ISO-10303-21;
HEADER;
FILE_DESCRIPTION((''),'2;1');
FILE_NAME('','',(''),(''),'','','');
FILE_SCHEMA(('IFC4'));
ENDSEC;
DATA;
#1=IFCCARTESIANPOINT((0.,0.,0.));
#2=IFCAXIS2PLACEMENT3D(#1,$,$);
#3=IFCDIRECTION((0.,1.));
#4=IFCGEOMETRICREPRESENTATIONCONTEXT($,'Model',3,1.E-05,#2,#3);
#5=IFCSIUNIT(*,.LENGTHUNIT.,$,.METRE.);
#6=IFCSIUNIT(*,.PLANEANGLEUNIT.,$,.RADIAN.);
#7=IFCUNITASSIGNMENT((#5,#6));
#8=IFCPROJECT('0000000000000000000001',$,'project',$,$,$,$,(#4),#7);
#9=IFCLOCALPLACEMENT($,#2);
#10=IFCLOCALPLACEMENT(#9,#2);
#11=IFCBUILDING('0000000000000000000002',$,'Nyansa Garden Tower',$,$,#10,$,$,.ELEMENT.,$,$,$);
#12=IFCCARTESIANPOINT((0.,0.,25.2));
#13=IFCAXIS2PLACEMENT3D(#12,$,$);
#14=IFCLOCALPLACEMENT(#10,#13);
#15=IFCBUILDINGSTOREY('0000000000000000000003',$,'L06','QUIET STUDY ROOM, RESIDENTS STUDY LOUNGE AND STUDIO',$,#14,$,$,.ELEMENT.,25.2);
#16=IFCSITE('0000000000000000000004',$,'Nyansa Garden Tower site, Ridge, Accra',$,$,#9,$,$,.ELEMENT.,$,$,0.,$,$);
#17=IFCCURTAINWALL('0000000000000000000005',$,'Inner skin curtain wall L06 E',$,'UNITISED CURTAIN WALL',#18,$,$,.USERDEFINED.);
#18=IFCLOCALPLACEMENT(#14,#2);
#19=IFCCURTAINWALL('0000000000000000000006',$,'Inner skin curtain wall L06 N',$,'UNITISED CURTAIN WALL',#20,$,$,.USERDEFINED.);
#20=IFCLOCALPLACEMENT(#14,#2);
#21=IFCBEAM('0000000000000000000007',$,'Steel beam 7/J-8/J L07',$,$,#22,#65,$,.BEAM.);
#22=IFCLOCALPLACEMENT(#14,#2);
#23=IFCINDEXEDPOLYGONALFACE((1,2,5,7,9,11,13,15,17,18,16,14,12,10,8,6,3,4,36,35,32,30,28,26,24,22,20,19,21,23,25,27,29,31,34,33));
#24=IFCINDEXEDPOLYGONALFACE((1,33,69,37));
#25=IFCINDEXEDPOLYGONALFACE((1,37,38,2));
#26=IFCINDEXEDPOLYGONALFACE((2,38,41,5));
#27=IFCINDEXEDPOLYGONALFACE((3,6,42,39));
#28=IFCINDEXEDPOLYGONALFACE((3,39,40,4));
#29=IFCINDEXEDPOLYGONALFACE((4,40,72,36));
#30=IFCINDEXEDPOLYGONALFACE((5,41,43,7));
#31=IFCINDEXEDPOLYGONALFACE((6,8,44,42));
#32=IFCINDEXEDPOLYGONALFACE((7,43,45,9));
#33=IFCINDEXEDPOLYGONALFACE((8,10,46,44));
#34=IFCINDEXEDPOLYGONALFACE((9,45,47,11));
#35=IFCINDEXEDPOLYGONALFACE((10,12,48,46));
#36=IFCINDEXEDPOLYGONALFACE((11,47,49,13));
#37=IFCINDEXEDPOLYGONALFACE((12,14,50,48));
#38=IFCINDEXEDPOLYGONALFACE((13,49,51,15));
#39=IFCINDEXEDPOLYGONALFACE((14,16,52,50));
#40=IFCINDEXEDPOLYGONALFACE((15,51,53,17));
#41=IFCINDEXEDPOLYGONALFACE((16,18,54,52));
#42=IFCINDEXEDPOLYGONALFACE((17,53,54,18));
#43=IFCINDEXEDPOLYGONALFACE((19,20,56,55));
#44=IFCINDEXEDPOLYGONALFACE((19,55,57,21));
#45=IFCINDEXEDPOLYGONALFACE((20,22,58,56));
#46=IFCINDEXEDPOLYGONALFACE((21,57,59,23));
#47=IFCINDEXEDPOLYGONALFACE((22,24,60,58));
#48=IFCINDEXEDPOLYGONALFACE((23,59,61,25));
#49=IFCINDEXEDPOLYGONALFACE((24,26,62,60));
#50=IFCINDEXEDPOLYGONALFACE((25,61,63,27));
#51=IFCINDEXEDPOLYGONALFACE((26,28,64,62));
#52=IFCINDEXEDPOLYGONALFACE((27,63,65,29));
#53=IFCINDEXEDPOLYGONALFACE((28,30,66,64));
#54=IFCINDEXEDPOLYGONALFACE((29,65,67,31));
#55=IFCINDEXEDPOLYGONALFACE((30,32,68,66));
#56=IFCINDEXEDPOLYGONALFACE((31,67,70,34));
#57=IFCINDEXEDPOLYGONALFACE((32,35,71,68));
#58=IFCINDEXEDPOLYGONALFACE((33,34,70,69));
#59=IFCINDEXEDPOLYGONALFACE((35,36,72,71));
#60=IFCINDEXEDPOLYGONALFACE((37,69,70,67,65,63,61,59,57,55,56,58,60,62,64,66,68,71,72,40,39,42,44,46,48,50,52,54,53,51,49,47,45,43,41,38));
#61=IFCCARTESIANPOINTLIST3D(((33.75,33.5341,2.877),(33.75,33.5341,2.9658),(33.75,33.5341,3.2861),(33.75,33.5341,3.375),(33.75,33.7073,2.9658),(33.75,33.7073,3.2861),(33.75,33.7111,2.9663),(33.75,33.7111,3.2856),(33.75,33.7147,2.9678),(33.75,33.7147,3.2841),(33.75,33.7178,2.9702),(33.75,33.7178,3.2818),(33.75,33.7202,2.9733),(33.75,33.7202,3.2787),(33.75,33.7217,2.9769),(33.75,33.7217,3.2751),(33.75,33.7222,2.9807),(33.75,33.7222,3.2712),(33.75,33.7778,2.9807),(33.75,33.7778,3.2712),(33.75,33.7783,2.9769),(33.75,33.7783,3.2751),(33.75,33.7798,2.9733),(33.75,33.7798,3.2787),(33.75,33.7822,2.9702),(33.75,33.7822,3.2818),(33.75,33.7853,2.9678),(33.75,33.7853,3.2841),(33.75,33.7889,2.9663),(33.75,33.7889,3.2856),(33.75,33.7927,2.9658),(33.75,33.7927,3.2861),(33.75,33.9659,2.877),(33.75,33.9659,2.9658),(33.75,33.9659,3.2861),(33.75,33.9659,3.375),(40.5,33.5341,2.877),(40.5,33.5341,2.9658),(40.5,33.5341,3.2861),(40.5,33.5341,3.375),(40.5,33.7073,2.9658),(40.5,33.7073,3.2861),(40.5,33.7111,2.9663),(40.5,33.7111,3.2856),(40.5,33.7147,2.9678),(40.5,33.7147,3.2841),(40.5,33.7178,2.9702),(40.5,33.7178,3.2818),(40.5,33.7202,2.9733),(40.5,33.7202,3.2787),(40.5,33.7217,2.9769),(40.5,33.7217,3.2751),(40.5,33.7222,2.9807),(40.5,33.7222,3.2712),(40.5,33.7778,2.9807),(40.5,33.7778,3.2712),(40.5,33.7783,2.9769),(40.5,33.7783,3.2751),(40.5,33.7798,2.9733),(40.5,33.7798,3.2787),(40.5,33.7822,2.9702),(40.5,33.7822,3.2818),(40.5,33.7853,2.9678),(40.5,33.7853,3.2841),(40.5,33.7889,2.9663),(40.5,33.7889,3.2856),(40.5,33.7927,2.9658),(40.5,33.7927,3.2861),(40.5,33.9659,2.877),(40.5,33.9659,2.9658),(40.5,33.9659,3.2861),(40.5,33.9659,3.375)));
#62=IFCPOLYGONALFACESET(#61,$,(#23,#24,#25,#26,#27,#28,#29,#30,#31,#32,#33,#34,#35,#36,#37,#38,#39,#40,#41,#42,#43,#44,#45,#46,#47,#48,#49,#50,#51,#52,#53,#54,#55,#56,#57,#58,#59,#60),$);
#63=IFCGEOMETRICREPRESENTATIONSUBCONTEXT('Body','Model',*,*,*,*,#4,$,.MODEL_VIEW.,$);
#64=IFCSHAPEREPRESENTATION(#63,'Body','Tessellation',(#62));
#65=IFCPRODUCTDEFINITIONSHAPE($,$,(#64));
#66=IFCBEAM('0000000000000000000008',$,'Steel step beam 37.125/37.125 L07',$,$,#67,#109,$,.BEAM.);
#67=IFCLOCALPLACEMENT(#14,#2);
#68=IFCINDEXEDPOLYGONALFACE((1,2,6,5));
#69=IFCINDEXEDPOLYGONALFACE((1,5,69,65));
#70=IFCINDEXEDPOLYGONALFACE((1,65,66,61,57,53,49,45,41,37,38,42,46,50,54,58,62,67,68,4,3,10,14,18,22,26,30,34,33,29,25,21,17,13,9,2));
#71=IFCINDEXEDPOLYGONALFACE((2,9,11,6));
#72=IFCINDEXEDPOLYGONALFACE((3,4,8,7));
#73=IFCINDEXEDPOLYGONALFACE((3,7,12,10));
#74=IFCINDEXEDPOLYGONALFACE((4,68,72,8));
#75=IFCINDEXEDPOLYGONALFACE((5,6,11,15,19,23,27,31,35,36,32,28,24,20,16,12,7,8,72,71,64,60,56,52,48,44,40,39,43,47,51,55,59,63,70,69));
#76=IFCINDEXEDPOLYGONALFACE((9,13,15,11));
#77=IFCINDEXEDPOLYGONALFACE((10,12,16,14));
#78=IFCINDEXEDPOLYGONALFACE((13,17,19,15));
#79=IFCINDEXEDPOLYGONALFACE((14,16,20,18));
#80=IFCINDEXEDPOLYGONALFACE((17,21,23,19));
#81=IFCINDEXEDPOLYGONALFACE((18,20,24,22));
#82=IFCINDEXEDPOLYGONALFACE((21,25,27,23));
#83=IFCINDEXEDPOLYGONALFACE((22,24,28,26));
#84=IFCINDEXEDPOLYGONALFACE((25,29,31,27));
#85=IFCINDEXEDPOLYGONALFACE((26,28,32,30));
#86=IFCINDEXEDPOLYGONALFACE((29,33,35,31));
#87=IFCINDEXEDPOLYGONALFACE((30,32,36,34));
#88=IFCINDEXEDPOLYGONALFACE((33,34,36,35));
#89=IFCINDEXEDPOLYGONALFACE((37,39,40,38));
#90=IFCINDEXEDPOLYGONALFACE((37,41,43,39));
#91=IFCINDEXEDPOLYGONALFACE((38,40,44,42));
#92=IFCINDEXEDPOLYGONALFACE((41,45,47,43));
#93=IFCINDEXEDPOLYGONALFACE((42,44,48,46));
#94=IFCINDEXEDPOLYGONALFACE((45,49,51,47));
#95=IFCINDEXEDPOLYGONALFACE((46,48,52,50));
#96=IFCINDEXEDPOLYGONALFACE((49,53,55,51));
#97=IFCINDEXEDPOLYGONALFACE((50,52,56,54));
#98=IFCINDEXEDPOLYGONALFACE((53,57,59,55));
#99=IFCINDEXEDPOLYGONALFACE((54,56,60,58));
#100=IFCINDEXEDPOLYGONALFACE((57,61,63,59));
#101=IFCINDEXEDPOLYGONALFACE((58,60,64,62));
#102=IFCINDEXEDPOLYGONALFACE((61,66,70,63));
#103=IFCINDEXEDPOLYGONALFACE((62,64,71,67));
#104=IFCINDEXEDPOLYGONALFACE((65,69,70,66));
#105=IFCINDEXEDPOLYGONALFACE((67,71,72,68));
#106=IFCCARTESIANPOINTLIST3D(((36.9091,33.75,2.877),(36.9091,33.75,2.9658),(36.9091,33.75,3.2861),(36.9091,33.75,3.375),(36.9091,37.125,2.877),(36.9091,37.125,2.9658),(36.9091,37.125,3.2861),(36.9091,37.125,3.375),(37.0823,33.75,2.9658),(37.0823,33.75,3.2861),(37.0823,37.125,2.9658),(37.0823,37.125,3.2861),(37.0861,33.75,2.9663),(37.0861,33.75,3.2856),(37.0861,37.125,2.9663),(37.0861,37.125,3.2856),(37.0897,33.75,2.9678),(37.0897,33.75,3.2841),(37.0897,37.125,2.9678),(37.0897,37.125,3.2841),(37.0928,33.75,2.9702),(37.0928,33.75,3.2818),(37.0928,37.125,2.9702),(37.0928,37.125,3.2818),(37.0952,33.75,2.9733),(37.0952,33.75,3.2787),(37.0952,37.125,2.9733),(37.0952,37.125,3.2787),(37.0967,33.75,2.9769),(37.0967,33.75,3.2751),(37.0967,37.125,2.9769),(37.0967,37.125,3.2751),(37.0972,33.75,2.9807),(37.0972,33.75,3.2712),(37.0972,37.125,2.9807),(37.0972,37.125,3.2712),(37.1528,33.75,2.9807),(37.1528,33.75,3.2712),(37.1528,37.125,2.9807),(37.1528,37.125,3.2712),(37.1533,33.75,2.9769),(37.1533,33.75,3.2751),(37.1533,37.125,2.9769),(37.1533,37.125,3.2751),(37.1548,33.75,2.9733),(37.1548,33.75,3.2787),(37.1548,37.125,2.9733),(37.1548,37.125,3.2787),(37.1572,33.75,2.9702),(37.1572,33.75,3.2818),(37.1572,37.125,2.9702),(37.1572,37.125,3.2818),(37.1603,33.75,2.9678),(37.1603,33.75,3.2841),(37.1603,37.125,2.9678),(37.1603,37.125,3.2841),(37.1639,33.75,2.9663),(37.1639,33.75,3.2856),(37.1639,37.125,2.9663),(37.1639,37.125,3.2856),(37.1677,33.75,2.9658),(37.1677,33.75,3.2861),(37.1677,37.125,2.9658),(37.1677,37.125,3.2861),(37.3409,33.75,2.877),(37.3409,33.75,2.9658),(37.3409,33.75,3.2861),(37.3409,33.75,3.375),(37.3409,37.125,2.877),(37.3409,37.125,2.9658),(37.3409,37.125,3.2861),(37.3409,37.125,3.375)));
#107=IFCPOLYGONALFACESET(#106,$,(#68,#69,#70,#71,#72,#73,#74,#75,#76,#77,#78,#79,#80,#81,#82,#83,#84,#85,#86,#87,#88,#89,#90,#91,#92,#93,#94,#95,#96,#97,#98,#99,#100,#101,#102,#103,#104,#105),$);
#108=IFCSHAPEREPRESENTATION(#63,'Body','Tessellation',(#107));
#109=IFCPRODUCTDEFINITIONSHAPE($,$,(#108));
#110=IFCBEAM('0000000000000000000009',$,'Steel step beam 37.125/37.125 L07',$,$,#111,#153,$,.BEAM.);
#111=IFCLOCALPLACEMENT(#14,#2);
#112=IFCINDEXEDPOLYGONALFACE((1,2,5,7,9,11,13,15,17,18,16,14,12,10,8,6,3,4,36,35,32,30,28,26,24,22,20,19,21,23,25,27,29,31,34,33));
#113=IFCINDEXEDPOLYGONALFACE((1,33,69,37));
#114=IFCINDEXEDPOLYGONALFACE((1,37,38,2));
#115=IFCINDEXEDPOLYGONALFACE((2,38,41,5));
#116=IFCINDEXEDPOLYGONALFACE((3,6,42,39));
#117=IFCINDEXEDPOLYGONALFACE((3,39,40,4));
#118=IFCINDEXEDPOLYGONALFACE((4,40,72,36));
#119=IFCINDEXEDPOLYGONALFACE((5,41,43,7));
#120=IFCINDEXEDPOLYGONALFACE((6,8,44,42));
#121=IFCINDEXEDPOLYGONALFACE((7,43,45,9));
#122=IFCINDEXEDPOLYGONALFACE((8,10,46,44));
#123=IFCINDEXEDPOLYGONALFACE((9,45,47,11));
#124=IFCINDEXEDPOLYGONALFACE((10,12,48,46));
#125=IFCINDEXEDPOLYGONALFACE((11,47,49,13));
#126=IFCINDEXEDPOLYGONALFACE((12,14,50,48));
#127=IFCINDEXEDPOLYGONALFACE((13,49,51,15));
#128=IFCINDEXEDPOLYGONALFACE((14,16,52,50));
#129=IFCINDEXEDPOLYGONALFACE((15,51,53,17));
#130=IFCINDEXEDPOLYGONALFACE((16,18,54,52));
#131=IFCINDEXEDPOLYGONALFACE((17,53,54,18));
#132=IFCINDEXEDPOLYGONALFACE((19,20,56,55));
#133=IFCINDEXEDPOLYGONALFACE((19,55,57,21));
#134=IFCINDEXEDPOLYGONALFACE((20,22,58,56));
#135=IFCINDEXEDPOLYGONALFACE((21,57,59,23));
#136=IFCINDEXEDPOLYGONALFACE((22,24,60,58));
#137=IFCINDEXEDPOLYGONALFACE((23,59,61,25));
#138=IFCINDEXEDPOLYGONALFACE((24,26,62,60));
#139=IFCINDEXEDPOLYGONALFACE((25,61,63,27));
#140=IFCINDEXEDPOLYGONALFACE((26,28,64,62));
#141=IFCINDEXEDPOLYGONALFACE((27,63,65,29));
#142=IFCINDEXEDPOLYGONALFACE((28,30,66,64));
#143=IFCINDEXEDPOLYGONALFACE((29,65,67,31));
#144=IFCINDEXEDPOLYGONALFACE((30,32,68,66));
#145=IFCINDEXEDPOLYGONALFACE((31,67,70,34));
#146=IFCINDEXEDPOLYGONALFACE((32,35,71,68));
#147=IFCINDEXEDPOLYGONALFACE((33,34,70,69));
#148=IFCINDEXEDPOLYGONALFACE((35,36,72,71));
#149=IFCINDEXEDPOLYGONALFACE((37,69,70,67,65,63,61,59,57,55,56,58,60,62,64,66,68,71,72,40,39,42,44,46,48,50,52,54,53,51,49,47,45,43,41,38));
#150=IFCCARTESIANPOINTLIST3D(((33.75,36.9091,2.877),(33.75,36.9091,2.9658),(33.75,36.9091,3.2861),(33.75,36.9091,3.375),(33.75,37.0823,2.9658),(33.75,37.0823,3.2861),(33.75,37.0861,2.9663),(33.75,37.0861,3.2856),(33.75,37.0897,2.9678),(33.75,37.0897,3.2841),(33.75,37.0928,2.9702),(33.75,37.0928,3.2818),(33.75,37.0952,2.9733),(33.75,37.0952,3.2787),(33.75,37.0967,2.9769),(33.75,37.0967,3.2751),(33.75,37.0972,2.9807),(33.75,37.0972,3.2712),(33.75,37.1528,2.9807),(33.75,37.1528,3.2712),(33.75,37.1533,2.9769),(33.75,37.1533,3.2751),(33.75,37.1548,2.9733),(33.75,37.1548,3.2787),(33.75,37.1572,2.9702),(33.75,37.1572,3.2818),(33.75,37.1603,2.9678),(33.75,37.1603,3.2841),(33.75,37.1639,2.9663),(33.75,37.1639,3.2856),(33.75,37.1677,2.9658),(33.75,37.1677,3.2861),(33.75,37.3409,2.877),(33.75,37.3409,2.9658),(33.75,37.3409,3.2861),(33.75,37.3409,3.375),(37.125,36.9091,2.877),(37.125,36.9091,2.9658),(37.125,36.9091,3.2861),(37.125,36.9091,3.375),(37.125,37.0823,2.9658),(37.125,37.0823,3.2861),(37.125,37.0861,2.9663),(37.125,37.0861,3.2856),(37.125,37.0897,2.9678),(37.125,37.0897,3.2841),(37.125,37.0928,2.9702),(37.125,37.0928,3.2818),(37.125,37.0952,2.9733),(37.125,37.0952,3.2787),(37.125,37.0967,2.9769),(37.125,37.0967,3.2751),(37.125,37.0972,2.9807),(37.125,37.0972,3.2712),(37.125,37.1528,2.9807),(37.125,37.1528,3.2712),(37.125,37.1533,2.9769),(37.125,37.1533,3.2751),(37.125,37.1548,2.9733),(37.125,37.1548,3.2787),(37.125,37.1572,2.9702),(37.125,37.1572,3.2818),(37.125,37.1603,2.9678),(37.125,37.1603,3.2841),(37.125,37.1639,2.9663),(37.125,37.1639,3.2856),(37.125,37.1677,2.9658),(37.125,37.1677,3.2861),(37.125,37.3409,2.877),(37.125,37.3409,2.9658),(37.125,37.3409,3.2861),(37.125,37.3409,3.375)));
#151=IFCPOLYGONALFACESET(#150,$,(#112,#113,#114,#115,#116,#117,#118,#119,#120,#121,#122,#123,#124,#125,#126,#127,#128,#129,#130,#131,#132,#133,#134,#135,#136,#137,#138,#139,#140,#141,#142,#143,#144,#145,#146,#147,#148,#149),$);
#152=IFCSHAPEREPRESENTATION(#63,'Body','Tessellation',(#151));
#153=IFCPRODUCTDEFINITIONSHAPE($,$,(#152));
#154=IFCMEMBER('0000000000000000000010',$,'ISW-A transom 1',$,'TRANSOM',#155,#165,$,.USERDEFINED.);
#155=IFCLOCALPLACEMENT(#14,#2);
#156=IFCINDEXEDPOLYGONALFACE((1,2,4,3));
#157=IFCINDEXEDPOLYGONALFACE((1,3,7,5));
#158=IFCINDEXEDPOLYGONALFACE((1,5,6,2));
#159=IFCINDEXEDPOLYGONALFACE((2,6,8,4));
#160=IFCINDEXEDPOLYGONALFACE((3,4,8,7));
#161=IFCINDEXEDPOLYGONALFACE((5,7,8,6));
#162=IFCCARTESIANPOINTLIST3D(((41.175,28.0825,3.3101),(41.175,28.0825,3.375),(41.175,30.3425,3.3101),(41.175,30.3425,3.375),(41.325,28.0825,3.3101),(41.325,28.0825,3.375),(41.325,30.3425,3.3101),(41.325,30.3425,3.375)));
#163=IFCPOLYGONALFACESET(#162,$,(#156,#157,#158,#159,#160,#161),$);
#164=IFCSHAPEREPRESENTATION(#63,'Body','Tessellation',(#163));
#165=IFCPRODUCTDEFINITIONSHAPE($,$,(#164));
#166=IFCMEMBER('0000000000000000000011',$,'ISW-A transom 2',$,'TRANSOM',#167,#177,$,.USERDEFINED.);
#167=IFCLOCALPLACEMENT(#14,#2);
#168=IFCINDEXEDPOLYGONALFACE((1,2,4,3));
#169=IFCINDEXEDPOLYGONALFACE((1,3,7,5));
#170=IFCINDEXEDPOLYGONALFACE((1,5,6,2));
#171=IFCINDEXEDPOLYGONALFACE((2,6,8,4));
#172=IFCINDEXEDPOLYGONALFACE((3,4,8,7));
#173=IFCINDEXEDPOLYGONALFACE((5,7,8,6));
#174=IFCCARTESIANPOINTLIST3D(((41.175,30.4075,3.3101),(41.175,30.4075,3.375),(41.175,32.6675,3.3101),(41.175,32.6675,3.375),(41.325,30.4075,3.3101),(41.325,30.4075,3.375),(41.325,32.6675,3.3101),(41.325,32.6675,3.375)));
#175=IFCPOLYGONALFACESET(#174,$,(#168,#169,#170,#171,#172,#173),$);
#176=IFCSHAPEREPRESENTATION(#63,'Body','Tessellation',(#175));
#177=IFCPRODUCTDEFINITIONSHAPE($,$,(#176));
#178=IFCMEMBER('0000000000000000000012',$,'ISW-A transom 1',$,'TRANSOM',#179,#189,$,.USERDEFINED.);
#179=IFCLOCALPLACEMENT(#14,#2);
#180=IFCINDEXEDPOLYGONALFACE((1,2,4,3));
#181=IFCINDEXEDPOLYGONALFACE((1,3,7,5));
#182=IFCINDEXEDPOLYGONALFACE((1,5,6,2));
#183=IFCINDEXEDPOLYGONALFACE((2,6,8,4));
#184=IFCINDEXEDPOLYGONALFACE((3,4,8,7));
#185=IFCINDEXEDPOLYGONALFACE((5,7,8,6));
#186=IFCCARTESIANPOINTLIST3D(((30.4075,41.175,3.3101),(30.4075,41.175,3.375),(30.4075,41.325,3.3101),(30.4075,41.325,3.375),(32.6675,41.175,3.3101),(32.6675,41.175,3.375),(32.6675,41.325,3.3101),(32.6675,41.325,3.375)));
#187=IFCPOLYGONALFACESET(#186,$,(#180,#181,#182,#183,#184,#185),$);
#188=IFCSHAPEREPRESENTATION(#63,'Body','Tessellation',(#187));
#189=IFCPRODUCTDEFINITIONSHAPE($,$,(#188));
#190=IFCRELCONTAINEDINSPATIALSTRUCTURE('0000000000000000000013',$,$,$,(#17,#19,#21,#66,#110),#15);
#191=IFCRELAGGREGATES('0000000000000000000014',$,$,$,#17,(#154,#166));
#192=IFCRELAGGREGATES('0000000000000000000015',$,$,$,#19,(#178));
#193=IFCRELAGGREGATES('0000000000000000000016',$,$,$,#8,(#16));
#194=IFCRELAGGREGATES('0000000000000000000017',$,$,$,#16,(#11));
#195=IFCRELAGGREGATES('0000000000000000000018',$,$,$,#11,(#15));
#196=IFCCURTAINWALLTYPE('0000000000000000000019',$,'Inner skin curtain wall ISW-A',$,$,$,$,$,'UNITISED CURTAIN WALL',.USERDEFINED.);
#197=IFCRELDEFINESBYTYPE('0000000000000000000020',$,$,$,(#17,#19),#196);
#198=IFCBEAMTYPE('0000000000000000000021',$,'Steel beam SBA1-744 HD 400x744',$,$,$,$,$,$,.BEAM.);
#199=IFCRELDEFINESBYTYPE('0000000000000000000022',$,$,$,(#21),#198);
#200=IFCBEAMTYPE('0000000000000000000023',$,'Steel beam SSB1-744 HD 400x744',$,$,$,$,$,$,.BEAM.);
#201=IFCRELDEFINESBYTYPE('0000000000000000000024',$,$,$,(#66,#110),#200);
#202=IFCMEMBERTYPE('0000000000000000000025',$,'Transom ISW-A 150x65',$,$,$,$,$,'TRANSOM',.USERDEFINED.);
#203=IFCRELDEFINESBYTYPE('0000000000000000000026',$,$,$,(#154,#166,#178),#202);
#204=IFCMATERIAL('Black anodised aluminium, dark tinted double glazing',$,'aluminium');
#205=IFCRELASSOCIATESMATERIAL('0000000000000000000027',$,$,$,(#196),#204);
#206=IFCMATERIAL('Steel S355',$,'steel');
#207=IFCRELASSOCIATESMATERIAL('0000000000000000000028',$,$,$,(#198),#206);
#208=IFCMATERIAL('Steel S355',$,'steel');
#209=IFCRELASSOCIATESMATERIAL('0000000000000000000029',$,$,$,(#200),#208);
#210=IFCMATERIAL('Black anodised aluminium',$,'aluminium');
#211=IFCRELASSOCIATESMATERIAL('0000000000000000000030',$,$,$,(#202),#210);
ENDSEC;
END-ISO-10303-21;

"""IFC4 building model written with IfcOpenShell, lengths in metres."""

from ifc_helpers import new_model, si_unit, direction, frame, origin, origin_2d, place, context, subcontext, project, spatial, rectangle, i_section, extrude, material, material_profile, profile_set, type_object, element, aggregate, save


model = new_model("IFC4")

# Units and contexts
model_context = context("Model", 3, precision=1e-05, world=origin(), true_north=direction((0.0, 1.0)))
body_context = subcontext(model_context, "Body", "Model", "MODEL_VIEW")
ifc_project = project(units=[si_unit("LENGTHUNIT", "METRE"), si_unit("PLANEANGLEUNIT", "RADIAN")], contexts=[model_context])

# Site, building, storey
site_placement = place(None, origin())
site = spatial("IfcSite", under=ifc_project, at=site_placement, Name="Nyansa Garden Tower site, Ridge, Accra", CompositionType="ELEMENT", RefElevation=0.0)
building_placement = place(site_placement, origin())
building = spatial("IfcBuilding", under=site, at=building_placement, Name="Nyansa Garden Tower", CompositionType="ELEMENT")
storey_placement = place(building_placement, frame((0.0, 0.0, 25.2)))
storey = spatial("IfcBuildingStorey", under=building, at=storey_placement, Name="L06", Description="QUIET STUDY ROOM, RESIDENTS STUDY LOUNGE AND STUDIO", CompositionType="ELEMENT", Elevation=25.2)

# Curtain wall
ifc_material_1 = material(Name="Black anodised aluminium, dark tinted double glazing", Category="aluminium")
curtain_wall_type = type_object("IfcCurtainWallType", Name="Inner skin curtain wall ISW-A", ElementType="UNITISED CURTAIN WALL", PredefinedType="USERDEFINED", material=ifc_material_1)
curtain_wall_1_placement = place(storey_placement, origin())
curtain_wall_1 = element("IfcCurtainWall", 1, at=curtain_wall_1_placement, inside=storey, type_object=curtain_wall_type, Name="Inner skin curtain wall L06 E", ObjectType="UNITISED CURTAIN WALL", PredefinedType="USERDEFINED")

# Curtain wall
curtain_wall_2_placement = place(storey_placement, origin())
curtain_wall_2 = element("IfcCurtainWall", 2, at=curtain_wall_2_placement, inside=storey, type_object=curtain_wall_type, Name="Inner skin curtain wall L06 N", ObjectType="UNITISED CURTAIN WALL", PredefinedType="USERDEFINED")

# Beams
ifc_material_2 = material(Name="Steel S355", Category="steel")
ifc_material_profile_1 = material_profile(ifc_material_2, i_section(OverallWidth=0.4319, OverallDepth=0.498, WebThickness=0.0557, FlangeThickness=0.0889, FilletRadius=0.0149, at=origin_2d()), Name="HD 400x744")
ifc_profile_set_1 = profile_set([ifc_material_profile_1], Name="Steel S355")
beam_type_1 = type_object("IfcBeamType", Name="Steel beam SBA1-744 HD 400x744", PredefinedType="BEAM", material=ifc_profile_set_1)
for number, where, z_axis, x_axis, name in (
    (3, (33.75, 33.75, 3.126), (1.0, 0.0, 0.0), (0.0, 1.0, 0.0), "Steel beam 7/J-8/J L07"),
):
    element("IfcBeam", number, at=place(storey_placement, frame(where, z_axis=z_axis, x_axis=x_axis)), inside=storey, type_object=beam_type_1, Name=name, PredefinedType="BEAM", context=body_context, shape_type="SweptSolid", body=[
        extrude(i_section(OverallWidth=0.4319, OverallDepth=0.498, WebThickness=0.0557, FlangeThickness=0.0889, FilletRadius=0.0149, at=origin_2d()), origin(), (0.0, 0.0, 1.0), 6.75),
    ])
ifc_material_3 = material(Name="Steel S355", Category="steel")
ifc_material_profile_2 = material_profile(ifc_material_3, i_section(OverallWidth=0.4319, OverallDepth=0.498, WebThickness=0.0557, FlangeThickness=0.0889, FilletRadius=0.0149, at=origin_2d()), Name="HD 400x744")
ifc_profile_set_2 = profile_set([ifc_material_profile_2], Name="Steel S355")
beam_type_2 = type_object("IfcBeamType", Name="Steel beam SSB1-744 HD 400x744", PredefinedType="BEAM", material=ifc_profile_set_2)
for number, where, z_axis, x_axis, name in (
    (4, (37.125, 37.125, 3.126), (0.0, -1.0, 0.0), (1.0, 0.0, 0.0), "Steel step beam 37.125/37.125 L07"),
    (5, (37.125, 37.125, 3.126), (-1.0, 0.0, 0.0), (0.0, -1.0, 0.0), "Steel step beam 37.125/37.125 L07"),
):
    element("IfcBeam", number, at=place(storey_placement, frame(where, z_axis=z_axis, x_axis=x_axis)), inside=storey, type_object=beam_type_2, Name=name, PredefinedType="BEAM", context=body_context, shape_type="SweptSolid", body=[
        extrude(i_section(OverallWidth=0.4319, OverallDepth=0.498, WebThickness=0.0557, FlangeThickness=0.0889, FilletRadius=0.0149, at=origin_2d()), origin(), (0.0, 0.0, 1.0), 3.375),
    ])

# Members
ifc_material_4 = material(Name="Black anodised aluminium", Category="aluminium")
ifc_material_profile_3 = material_profile(ifc_material_4, rectangle(XDim=0.1499, YDim=0.0649, at=origin_2d()), Name="Transom 150x65")
ifc_profile_set_3 = profile_set([ifc_material_profile_3], Name="Black anodised aluminium")
member_type_1 = type_object("IfcMemberType", Name="Transom ISW-A 150x65", ElementType="TRANSOM", PredefinedType="USERDEFINED", material=ifc_profile_set_3)
member_1_placement = place(storey_placement, frame((41.25, 28.0825, 3.3425), z_axis=(0.0, 1.0, 0.0), x_axis=(-1.0, 0.0, 0.0)))
member_1 = element("IfcMember", 6, at=member_1_placement, type_object=member_type_1, Name="ISW-A transom 1", ObjectType="TRANSOM", PredefinedType="USERDEFINED", context=body_context, shape_type="SweptSolid", body=[
    extrude(rectangle(XDim=0.1499, YDim=0.0649, at=origin_2d()), origin(), (0.0, 0.0, 1.0), 2.26),
])
member_2_placement = place(storey_placement, frame((41.25, 30.4075, 3.3425), z_axis=(0.0, 1.0, 0.0), x_axis=(-1.0, 0.0, 0.0)))
member_2 = element("IfcMember", 7, at=member_2_placement, type_object=member_type_1, Name="ISW-A transom 2", ObjectType="TRANSOM", PredefinedType="USERDEFINED", context=body_context, shape_type="SweptSolid", body=[
    extrude(rectangle(XDim=0.1499, YDim=0.0649, at=origin_2d()), origin(), (0.0, 0.0, 1.0), 2.26),
])
member_3_placement = place(storey_placement, frame((32.6675, 41.25, 3.3425), z_axis=(-1.0, 0.0, 0.0), x_axis=(0.0, -1.0, 0.0)))
member_3 = element("IfcMember", 8, at=member_3_placement, type_object=member_type_1, Name="ISW-A transom 1", ObjectType="TRANSOM", PredefinedType="USERDEFINED", context=body_context, shape_type="SweptSolid", body=[
    extrude(rectangle(XDim=0.1499, YDim=0.0649, at=origin_2d()), origin(), (0.0, 0.0, 1.0), 2.26),
])

aggregate(curtain_wall_1, [member_1, member_2])
aggregate(curtain_wall_2, [member_3])

save(model, "model.ifc")
